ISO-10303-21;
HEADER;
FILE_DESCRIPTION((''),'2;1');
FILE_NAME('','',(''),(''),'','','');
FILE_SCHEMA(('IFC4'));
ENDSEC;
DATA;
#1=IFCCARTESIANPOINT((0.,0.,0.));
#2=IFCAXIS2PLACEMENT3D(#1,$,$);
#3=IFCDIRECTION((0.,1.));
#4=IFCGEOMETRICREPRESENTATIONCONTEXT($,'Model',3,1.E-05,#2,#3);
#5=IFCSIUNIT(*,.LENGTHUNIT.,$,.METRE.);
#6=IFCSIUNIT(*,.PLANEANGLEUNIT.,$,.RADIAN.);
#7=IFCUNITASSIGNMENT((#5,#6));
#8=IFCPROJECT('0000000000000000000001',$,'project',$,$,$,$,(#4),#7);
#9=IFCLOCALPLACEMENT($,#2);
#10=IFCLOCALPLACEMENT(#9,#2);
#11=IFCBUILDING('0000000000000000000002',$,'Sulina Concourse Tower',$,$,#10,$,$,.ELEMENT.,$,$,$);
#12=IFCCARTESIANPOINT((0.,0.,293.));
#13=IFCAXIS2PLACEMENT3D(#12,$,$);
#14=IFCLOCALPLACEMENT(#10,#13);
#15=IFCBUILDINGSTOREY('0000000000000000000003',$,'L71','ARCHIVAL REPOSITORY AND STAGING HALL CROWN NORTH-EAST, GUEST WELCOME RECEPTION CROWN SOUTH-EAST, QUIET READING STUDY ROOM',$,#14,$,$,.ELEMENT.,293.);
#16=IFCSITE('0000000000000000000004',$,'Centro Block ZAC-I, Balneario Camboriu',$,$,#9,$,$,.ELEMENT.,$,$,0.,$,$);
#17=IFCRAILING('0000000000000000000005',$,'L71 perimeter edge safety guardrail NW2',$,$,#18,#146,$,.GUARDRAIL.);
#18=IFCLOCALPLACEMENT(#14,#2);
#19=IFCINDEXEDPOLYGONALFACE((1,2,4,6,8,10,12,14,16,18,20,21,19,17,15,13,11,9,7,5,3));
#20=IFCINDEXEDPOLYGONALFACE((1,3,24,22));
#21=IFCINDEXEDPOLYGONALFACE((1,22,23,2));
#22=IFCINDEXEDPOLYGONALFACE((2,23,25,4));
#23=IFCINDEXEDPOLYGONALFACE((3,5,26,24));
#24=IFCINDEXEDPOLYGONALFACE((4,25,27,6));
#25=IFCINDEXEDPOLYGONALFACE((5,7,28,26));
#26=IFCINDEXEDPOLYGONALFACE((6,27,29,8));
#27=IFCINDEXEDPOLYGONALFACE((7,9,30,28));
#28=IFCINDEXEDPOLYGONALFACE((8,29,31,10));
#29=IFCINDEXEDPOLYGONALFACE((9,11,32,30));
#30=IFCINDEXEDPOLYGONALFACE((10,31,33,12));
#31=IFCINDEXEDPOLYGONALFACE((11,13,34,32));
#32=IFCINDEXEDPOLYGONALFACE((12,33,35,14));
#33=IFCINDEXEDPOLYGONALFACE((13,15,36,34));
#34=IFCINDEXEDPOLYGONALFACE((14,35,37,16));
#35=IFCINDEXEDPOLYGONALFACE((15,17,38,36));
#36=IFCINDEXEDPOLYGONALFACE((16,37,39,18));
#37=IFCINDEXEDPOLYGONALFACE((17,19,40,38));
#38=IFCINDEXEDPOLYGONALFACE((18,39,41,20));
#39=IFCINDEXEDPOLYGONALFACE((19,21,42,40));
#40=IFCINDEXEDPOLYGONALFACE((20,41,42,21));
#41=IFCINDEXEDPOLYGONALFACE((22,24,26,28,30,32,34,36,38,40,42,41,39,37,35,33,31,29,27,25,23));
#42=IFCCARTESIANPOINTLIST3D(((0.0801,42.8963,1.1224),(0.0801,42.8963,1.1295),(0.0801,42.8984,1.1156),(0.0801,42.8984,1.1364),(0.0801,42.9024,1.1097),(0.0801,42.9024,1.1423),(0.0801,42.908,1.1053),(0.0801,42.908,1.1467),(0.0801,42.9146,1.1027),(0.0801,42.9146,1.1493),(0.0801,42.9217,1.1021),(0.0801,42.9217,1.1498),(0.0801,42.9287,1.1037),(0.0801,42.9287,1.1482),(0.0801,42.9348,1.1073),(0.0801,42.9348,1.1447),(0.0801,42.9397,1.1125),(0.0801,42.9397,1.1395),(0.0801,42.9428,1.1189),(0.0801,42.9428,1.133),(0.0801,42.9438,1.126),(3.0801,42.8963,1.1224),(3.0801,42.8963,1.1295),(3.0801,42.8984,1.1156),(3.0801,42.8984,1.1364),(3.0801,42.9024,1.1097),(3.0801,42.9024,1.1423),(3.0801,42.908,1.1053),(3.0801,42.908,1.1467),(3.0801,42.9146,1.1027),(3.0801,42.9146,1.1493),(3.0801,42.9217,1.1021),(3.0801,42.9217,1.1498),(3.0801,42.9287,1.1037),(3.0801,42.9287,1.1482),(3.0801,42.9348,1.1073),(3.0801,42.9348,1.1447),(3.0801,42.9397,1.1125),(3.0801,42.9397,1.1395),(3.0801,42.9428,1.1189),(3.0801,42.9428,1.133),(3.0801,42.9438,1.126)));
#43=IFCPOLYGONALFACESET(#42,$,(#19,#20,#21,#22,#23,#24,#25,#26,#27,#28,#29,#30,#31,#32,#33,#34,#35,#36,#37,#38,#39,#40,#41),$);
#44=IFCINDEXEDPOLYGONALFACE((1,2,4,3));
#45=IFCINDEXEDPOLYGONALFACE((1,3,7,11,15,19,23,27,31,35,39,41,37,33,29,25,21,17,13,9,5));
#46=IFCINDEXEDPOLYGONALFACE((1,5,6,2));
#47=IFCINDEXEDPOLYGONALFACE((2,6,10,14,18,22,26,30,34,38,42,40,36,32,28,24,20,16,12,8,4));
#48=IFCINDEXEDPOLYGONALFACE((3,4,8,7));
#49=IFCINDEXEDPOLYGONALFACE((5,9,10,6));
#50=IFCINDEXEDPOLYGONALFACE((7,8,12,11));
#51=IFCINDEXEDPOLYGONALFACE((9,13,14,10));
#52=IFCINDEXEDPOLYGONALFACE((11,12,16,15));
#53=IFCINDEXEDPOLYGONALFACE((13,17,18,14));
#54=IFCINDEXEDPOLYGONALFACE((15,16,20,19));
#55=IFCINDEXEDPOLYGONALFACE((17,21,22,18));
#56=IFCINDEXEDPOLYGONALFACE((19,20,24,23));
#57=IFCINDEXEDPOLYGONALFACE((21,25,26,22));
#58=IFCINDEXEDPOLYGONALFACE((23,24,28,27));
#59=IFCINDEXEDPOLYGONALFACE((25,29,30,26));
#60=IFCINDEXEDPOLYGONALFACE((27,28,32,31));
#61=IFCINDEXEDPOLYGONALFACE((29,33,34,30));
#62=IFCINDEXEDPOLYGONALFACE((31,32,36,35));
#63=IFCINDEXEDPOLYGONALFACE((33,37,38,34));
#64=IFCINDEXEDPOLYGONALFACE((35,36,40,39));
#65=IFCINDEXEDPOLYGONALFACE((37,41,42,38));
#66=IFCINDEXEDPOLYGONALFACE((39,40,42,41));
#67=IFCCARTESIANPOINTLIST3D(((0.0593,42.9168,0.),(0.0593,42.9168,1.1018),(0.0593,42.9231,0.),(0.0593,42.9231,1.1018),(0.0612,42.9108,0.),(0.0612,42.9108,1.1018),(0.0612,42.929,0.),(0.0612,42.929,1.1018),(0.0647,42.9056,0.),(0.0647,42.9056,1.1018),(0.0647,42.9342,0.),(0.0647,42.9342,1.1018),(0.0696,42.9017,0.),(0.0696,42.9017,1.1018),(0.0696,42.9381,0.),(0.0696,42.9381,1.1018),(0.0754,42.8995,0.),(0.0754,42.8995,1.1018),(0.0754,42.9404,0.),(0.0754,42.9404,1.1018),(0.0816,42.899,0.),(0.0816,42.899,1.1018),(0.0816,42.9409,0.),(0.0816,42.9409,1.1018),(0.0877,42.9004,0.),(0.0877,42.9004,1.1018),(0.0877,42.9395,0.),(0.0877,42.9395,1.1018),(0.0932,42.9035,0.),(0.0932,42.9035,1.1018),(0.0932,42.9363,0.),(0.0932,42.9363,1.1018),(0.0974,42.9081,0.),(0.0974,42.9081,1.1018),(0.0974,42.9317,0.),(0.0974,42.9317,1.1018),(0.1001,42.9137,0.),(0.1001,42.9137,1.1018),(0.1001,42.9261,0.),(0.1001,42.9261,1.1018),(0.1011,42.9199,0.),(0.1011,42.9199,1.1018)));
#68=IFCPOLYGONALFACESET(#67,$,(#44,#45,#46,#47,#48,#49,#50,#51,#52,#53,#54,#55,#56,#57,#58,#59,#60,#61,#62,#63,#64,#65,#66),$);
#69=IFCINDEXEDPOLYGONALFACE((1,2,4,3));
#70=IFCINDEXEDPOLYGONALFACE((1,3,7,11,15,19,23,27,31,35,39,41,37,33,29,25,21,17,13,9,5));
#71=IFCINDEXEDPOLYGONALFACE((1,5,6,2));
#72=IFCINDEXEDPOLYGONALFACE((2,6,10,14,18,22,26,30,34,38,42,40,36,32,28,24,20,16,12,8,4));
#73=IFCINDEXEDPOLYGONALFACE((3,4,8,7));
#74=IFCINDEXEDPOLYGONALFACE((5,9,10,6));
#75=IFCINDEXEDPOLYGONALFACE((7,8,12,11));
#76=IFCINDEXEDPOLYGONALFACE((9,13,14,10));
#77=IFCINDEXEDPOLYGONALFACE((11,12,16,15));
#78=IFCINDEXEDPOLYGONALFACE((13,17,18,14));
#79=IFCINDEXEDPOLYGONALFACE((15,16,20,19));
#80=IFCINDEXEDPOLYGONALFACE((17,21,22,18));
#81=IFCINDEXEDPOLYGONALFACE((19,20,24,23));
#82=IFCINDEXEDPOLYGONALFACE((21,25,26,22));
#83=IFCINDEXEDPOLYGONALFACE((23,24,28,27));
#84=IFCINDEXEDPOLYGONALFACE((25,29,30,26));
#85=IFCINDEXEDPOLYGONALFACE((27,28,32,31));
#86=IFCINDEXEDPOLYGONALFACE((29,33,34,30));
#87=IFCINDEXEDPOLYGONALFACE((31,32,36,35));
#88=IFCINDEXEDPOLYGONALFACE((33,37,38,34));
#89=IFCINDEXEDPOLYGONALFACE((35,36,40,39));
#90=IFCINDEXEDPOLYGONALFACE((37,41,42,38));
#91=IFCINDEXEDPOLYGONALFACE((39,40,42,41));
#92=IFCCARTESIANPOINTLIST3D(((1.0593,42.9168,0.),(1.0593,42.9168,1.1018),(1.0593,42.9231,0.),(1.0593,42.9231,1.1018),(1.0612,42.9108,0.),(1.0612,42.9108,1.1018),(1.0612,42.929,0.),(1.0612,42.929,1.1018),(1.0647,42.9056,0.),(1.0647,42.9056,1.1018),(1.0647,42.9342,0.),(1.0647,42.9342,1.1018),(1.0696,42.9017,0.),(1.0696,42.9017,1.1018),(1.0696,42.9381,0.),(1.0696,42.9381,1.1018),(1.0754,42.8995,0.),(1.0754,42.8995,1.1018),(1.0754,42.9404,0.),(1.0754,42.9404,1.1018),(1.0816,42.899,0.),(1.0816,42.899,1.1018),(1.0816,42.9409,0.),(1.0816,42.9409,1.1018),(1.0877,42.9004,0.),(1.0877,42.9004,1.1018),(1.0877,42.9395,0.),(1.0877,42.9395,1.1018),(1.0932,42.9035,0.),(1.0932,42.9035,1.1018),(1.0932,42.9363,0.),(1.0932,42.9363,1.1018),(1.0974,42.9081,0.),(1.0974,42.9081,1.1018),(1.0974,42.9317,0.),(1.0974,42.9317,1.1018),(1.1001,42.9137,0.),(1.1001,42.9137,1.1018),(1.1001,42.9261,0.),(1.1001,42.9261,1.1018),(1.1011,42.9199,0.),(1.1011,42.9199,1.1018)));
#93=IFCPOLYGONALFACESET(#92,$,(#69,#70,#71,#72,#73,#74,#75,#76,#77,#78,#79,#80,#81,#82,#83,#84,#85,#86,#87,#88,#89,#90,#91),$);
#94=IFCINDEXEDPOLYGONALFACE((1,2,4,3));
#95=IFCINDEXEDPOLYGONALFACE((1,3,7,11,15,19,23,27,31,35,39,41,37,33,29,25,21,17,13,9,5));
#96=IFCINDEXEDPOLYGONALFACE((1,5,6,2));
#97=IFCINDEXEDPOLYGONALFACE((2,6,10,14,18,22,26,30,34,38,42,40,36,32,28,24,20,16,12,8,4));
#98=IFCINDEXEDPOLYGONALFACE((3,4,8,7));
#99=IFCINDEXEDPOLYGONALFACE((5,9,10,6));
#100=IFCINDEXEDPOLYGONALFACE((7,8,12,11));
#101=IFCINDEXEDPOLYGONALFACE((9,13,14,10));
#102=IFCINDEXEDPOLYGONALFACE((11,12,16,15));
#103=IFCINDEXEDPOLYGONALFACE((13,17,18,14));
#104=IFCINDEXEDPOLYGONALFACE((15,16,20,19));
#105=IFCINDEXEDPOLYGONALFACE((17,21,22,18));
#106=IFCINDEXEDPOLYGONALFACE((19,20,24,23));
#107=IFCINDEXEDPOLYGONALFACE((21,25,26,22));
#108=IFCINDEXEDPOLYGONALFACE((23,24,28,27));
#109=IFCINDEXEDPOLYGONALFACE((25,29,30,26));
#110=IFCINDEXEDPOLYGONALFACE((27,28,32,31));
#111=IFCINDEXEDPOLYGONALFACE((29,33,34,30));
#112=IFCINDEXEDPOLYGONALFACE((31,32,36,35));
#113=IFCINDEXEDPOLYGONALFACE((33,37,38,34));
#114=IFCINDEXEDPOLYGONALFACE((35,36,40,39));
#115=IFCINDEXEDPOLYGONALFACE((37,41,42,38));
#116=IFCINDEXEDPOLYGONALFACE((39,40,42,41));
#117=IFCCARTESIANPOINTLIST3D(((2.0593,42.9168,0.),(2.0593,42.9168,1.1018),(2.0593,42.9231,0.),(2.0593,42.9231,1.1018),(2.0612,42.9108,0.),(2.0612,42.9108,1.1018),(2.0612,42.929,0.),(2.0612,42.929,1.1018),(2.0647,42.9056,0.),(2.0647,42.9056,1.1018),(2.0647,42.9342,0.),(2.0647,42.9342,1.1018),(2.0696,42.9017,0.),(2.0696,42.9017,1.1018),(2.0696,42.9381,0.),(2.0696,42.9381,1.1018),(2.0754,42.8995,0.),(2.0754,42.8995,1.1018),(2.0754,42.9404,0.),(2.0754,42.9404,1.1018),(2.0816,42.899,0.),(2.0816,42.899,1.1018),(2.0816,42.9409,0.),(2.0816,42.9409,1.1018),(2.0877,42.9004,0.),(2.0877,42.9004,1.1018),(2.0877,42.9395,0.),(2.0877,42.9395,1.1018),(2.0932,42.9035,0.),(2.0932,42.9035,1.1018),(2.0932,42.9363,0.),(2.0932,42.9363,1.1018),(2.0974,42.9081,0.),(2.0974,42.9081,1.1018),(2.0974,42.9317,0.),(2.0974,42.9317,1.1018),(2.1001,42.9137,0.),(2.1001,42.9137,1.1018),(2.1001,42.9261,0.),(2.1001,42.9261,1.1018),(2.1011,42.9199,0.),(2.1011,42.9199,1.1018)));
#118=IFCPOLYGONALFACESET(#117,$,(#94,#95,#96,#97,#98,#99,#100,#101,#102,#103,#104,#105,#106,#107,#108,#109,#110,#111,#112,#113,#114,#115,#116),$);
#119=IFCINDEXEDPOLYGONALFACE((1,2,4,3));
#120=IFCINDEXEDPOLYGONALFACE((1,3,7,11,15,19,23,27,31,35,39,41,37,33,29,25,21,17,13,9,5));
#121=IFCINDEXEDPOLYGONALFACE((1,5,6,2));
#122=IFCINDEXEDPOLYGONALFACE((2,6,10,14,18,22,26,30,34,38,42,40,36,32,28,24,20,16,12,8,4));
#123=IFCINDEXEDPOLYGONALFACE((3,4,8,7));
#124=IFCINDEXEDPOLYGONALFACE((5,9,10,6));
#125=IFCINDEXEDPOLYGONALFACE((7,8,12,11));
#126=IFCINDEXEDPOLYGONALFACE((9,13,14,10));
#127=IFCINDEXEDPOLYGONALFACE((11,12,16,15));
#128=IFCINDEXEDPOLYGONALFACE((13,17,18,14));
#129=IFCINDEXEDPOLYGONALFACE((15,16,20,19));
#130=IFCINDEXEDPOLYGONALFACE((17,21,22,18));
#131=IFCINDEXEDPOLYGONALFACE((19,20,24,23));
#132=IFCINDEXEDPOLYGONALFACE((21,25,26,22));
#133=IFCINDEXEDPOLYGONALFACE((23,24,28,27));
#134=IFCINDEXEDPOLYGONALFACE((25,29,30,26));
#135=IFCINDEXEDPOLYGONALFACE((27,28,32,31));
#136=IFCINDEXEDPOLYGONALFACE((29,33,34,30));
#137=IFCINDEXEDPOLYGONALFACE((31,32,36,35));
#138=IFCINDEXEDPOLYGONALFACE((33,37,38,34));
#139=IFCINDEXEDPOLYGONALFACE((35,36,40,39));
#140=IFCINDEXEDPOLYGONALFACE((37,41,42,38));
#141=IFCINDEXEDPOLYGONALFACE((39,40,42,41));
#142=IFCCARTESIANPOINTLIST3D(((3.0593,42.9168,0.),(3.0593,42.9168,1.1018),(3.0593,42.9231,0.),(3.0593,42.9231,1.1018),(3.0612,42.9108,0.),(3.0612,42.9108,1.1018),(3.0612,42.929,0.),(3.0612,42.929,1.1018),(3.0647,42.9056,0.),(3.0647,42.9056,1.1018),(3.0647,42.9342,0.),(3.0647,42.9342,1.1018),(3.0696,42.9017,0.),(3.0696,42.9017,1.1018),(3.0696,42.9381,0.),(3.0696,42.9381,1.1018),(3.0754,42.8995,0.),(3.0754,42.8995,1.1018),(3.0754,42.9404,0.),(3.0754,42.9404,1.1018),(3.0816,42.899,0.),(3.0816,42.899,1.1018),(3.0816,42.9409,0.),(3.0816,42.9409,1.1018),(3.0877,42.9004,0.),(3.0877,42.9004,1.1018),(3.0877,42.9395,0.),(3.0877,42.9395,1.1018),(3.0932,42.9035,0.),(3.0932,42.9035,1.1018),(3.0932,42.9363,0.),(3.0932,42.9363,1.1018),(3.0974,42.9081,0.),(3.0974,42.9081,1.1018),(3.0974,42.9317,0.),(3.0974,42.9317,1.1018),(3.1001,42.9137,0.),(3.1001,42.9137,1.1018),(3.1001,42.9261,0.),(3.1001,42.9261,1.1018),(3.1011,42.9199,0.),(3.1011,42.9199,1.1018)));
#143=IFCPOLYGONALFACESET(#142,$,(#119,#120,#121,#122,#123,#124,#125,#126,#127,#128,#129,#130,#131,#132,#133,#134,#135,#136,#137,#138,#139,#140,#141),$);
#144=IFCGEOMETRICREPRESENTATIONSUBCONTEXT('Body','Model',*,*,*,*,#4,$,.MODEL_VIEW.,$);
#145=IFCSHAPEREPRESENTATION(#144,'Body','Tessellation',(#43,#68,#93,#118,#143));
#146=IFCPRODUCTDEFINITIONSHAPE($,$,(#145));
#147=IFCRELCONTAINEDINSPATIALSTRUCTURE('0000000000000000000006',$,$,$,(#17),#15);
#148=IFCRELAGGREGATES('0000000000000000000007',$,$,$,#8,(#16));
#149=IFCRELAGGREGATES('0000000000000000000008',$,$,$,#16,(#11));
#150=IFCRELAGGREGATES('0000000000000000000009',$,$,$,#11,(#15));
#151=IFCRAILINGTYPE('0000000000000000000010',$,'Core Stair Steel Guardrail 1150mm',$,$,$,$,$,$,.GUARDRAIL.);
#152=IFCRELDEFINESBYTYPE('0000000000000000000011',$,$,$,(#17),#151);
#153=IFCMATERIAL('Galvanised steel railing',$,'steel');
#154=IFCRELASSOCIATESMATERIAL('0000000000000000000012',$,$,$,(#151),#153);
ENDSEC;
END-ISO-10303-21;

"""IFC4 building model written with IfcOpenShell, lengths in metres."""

from ifc_helpers import new_model, si_unit, direction, frame, origin, origin_2d, place, context, subcontext, project, spatial, circle, extrude, material, type_object, element, save


model = new_model("IFC4")

# Units and contexts
model_context = context("Model", 3, precision=1e-05, world=origin(), true_north=direction((0.0, 1.0)))
body_context = subcontext(model_context, "Body", "Model", "MODEL_VIEW")
ifc_project = project(units=[si_unit("LENGTHUNIT", "METRE"), si_unit("PLANEANGLEUNIT", "RADIAN")], contexts=[model_context])

# Site, building, storey
site_placement = place(None, origin())
site = spatial("IfcSite", under=ifc_project, at=site_placement, Name="Centro Block ZAC-I, Balneario Camboriu", CompositionType="ELEMENT", RefElevation=0.0)
building_placement = place(site_placement, origin())
building = spatial("IfcBuilding", under=site, at=building_placement, Name="Sulina Concourse Tower", CompositionType="ELEMENT")
storey_placement = place(building_placement, frame((0.0, 0.0, 293.0)))
storey = spatial("IfcBuildingStorey", under=building, at=storey_placement, Name="L71", Description="ARCHIVAL REPOSITORY AND STAGING HALL CROWN NORTH-EAST, GUEST WELCOME RECEPTION CROWN SOUTH-EAST, QUIET READING STUDY ROOM", CompositionType="ELEMENT", Elevation=293.0)

# Railing
ifc_material_1 = material(Name="Galvanised steel railing", Category="steel")
railing_type_1 = type_object("IfcRailingType", Name="Core Stair Steel Guardrail 1150mm", PredefinedType="GUARDRAIL", material=ifc_material_1)
railing_1_placement = place(storey_placement, frame((0.0801, 42.9199, 0.0)))
element("IfcRailing", 1, at=railing_1_placement, inside=storey, type_object=railing_type_1, Name="L71 perimeter edge safety guardrail NW2", PredefinedType="GUARDRAIL", context=body_context, shape_type="SweptSolid", body=[
    extrude(circle(Radius=0.0239, at=origin_2d()), frame((0.0, 0.0, 1.126), z_axis=(1.0, 0.0, 0.0), x_axis=(0.0, 1.0, 0.0)), (0.0, 0.0, 1.0), 3.0),
    extrude(circle(Radius=0.021, at=origin_2d()), origin(), (0.0, 0.0, 1.0), 1.1018),
    extrude(circle(Radius=0.021, at=origin_2d()), frame((1.0, 0.0, 0.0)), (0.0, 0.0, 1.0), 1.1018),
    extrude(circle(Radius=0.021, at=origin_2d()), frame((2.0, 0.0, 0.0)), (0.0, 0.0, 1.0), 1.1018),
    extrude(circle(Radius=0.021, at=origin_2d()), frame((3.0, 0.0, 0.0)), (0.0, 0.0, 1.0), 1.1018),
])

save(model, "model.ifc")
